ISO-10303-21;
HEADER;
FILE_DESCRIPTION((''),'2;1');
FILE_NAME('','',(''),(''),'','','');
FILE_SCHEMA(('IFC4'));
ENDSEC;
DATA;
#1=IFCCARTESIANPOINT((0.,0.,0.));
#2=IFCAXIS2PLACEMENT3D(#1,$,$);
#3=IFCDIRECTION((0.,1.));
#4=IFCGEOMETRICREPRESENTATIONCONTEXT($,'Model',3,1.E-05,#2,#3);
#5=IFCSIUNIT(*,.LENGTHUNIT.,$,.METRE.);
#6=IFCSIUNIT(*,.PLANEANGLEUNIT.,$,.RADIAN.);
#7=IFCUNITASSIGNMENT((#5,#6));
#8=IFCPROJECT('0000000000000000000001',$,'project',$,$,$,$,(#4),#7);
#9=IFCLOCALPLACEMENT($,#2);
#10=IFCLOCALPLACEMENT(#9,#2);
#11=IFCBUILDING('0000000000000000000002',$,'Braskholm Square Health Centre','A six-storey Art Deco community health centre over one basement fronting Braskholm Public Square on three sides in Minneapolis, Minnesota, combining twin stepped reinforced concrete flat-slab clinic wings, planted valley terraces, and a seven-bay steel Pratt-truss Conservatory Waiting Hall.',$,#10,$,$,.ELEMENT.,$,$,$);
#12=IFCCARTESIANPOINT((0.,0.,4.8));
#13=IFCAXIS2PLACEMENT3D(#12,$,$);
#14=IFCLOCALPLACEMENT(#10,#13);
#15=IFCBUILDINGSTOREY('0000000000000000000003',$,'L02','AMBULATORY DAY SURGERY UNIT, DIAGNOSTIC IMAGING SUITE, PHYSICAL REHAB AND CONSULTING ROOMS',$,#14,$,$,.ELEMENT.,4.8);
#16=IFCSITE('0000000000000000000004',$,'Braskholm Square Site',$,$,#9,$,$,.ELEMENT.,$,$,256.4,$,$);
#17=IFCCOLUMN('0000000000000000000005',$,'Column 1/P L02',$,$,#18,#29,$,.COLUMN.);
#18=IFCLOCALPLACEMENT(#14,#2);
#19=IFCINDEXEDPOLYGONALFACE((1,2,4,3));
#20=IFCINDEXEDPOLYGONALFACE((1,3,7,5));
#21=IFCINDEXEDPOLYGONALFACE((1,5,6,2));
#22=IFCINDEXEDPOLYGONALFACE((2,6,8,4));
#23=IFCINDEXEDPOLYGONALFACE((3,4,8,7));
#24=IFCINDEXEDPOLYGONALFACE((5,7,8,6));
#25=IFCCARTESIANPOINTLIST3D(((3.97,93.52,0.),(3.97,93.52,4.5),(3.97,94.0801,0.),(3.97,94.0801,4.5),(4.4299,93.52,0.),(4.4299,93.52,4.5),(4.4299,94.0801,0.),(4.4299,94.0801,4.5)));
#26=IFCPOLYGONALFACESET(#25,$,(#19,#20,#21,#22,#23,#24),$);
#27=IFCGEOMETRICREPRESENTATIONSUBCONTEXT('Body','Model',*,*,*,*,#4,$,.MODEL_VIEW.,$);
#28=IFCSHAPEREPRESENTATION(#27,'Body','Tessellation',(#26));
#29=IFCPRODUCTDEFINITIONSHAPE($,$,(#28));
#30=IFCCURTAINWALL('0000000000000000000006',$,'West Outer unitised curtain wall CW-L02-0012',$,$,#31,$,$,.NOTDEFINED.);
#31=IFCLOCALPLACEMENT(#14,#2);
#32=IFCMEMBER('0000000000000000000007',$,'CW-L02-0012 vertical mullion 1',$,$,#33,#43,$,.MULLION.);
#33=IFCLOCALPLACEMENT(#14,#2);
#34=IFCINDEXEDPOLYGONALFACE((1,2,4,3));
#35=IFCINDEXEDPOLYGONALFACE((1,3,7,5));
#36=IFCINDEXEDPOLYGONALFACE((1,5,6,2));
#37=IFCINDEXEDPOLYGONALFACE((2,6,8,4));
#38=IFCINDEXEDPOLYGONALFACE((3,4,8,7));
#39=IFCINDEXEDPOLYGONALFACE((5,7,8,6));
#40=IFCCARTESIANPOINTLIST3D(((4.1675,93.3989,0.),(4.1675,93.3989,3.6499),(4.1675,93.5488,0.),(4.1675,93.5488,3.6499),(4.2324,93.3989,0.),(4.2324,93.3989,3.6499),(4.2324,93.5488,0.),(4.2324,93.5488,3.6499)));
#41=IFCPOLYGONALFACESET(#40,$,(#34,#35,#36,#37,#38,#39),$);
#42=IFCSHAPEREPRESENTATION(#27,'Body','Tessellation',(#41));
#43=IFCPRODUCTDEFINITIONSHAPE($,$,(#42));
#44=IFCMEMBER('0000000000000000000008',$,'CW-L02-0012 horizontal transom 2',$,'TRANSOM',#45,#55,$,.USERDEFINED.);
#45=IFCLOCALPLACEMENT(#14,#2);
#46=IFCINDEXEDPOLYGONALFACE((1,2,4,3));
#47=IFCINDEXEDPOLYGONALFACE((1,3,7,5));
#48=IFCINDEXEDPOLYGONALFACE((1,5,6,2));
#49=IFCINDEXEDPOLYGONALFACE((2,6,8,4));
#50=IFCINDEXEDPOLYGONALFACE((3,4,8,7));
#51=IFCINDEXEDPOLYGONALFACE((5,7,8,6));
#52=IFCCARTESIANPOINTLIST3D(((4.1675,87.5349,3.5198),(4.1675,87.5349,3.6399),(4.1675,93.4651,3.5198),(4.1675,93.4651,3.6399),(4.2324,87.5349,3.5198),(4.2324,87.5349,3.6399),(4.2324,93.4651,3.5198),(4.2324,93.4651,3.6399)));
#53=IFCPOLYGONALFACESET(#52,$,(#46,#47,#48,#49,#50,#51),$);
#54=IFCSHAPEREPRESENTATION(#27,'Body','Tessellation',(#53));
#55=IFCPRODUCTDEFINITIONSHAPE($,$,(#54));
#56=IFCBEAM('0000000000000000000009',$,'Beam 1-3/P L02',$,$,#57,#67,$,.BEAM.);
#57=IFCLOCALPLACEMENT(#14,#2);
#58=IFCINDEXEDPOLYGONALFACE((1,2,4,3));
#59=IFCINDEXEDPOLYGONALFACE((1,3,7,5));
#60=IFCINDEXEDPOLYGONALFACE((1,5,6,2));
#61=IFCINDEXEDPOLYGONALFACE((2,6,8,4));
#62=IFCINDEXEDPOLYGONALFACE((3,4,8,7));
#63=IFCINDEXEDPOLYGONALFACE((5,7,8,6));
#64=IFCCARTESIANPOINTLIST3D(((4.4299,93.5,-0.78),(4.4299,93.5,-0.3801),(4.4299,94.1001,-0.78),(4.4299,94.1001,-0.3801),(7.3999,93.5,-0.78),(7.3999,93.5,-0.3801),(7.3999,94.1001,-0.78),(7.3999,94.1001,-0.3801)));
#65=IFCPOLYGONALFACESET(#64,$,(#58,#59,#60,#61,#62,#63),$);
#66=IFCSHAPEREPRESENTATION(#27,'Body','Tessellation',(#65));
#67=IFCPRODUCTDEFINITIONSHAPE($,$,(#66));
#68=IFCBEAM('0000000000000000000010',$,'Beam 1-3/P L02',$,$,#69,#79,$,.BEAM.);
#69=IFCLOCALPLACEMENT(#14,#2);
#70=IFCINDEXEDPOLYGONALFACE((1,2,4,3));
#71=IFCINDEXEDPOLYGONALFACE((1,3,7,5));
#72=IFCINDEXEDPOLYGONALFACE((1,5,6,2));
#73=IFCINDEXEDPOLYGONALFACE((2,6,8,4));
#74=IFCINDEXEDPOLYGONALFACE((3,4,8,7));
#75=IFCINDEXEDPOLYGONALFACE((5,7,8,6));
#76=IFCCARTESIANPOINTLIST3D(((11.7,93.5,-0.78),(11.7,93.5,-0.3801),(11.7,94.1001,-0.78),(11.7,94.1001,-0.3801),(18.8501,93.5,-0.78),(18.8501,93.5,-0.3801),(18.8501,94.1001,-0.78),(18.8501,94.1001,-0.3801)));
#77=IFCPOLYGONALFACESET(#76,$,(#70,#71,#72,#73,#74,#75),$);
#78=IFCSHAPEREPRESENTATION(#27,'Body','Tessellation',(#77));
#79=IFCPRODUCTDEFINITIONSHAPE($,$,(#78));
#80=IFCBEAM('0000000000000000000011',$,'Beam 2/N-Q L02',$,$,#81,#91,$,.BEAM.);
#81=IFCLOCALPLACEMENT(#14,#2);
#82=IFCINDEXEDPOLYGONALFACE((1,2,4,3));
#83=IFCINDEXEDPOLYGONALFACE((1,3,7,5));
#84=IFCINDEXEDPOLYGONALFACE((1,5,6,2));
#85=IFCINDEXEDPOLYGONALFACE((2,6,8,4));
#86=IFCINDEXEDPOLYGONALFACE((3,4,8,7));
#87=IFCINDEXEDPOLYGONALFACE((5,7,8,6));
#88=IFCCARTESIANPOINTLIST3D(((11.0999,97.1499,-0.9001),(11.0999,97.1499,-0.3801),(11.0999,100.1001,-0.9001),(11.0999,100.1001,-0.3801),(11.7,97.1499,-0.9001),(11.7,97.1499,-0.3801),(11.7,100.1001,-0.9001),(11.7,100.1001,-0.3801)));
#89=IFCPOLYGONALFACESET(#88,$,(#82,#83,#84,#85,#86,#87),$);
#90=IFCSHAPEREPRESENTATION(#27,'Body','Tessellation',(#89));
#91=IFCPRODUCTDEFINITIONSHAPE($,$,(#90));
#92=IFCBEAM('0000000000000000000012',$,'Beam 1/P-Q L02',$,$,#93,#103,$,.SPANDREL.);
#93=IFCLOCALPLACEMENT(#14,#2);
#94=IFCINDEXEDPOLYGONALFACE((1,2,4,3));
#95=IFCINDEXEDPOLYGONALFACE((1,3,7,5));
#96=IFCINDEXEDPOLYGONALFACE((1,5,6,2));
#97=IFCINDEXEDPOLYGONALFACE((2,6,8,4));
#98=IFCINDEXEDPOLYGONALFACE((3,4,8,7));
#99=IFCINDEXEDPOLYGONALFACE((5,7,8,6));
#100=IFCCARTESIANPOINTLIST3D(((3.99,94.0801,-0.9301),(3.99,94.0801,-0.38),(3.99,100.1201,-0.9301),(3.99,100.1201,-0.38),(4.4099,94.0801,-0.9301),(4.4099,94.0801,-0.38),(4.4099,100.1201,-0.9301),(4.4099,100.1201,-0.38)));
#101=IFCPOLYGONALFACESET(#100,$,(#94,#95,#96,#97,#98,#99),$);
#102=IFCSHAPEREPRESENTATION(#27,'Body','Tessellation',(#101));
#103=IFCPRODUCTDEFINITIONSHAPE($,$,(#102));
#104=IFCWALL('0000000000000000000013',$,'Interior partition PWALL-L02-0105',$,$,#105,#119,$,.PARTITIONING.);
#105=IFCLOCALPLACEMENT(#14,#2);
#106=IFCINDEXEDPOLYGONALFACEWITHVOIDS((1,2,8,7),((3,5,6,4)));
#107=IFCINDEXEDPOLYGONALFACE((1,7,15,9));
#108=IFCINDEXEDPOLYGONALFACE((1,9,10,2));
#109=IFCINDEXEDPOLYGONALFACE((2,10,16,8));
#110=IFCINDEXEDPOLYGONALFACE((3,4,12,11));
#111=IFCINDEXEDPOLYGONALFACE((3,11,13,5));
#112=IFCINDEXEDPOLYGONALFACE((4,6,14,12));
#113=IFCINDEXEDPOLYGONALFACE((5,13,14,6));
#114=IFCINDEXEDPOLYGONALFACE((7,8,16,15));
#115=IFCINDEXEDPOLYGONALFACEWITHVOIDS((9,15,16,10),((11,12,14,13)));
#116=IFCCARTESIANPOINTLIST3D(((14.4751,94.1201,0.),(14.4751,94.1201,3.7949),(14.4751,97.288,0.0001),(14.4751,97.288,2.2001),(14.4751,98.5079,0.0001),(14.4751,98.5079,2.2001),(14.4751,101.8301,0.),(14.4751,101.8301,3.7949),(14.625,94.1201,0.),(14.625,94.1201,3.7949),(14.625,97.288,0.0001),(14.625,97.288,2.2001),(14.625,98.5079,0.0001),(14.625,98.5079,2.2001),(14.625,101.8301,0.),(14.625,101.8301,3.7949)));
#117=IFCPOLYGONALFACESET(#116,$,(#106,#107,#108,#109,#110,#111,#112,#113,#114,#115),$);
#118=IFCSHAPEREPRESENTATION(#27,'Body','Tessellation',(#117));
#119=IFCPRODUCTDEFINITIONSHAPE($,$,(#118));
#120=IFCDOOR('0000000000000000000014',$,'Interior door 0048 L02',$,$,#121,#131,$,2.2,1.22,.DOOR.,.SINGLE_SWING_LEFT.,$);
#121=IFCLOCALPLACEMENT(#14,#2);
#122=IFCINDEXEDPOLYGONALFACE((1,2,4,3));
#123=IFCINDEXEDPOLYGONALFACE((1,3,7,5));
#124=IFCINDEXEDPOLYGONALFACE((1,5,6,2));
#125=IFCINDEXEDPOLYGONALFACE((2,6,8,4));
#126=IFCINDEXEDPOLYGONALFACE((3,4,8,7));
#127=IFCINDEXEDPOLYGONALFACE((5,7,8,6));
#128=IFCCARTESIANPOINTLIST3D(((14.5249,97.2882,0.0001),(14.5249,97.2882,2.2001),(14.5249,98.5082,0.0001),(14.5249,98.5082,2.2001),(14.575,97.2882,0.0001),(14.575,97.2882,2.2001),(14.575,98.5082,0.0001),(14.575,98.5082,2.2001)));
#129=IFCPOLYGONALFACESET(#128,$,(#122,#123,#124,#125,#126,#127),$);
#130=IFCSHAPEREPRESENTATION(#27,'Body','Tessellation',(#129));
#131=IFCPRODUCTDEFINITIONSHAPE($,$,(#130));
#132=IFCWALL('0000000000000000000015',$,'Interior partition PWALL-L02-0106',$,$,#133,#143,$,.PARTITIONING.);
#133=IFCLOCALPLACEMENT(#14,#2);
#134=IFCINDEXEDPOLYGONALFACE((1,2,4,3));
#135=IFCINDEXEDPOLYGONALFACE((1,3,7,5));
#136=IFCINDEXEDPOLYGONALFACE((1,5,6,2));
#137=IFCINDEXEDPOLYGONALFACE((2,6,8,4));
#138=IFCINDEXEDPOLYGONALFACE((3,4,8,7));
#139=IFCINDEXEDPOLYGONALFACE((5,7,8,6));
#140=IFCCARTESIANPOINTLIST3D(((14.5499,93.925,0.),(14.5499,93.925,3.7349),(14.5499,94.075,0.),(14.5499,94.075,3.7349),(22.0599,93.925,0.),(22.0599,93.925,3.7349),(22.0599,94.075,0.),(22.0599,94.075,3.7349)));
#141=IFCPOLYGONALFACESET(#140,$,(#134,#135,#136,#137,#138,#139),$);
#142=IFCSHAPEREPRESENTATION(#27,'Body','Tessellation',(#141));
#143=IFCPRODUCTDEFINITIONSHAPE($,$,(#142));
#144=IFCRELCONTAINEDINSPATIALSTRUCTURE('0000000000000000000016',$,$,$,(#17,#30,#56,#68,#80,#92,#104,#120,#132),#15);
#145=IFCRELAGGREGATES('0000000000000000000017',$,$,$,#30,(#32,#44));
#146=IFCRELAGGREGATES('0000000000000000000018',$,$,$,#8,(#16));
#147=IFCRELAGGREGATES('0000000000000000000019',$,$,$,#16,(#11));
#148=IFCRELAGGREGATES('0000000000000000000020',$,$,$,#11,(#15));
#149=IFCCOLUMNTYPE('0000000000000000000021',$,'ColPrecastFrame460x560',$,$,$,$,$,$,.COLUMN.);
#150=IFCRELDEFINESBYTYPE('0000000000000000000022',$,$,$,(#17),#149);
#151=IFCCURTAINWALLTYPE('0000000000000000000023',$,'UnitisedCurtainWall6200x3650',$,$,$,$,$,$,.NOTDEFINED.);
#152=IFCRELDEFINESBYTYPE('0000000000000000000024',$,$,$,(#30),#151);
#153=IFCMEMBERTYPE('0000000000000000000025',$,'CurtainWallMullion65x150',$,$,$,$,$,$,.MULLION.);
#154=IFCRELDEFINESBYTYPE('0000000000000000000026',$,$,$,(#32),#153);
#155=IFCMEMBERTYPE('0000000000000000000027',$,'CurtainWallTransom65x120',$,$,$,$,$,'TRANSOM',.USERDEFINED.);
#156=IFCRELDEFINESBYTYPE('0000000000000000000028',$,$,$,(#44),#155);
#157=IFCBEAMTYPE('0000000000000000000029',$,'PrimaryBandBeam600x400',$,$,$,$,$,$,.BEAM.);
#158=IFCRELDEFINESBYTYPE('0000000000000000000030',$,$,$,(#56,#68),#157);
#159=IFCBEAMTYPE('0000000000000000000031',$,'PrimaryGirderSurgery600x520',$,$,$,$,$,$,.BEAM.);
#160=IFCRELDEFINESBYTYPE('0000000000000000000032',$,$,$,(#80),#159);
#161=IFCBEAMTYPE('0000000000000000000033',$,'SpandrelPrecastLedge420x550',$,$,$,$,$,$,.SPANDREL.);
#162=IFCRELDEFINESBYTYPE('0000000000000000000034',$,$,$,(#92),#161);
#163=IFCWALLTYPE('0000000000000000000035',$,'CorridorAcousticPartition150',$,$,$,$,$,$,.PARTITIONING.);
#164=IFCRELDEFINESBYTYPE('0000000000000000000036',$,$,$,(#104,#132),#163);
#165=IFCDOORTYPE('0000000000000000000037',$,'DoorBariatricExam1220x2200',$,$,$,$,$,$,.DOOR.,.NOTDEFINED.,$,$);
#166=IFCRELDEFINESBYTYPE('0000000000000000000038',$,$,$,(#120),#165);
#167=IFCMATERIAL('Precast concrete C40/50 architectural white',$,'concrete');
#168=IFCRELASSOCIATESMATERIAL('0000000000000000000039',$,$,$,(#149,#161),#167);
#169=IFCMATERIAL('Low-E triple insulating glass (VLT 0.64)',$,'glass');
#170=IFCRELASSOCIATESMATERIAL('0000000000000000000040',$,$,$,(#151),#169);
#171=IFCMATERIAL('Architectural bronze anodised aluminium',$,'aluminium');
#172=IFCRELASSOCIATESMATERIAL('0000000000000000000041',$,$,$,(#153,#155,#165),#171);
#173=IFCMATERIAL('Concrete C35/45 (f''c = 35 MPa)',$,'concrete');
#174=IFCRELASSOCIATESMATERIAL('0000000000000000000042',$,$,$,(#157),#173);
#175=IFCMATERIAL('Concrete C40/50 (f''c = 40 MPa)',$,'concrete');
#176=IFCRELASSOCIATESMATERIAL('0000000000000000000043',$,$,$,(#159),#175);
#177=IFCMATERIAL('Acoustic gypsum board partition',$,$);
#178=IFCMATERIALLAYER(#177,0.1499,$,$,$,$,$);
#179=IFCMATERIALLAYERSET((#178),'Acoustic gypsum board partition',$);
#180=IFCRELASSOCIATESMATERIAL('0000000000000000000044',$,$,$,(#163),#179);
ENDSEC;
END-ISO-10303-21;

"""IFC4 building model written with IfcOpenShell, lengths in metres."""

from ifc_helpers import new_model, si_unit, direction, frame, frame_2d, origin, origin_2d, place, context, subcontext, project, spatial, rectangle, extrude, material, layer, layer_set, material_profile, profile_set, type_object, element, fill, aggregate, save


model = new_model("IFC4")

# Units and contexts
model_context = context("Model", 3, precision=1e-05, world=origin(), true_north=direction((0.0, 1.0)))
body_context = subcontext(model_context, "Body", "Model", "MODEL_VIEW")
ifc_project = project(units=[si_unit("LENGTHUNIT", "METRE"), si_unit("PLANEANGLEUNIT", "RADIAN")], contexts=[model_context])

# Site, building, storey
site_placement = place(None, origin())
site = spatial("IfcSite", under=ifc_project, at=site_placement, Name="Braskholm Square Site", CompositionType="ELEMENT", RefElevation=256.4)
building_placement = place(site_placement, origin())
building = spatial("IfcBuilding", under=site, at=building_placement, Name="Braskholm Square Health Centre", Description="A six-storey Art Deco community health centre over one basement fronting Braskholm Public Square on three sides in Minneapolis, Minnesota, combining twin stepped reinforced concrete flat-slab clinic wings, planted valley terraces, and a seven-bay steel Pratt-truss Conservatory Waiting Hall.", CompositionType="ELEMENT")
storey_placement = place(building_placement, frame((0.0, 0.0, 4.8)))
storey = spatial("IfcBuildingStorey", under=building, at=storey_placement, Name="L02", Description="AMBULATORY DAY SURGERY UNIT, DIAGNOSTIC IMAGING SUITE, PHYSICAL REHAB AND CONSULTING ROOMS", CompositionType="ELEMENT", Elevation=4.8)

# Column
ifc_material_1 = material(Name="Precast concrete C40/50 architectural white", Category="concrete")
ifc_material_profile_1 = material_profile(ifc_material_1, rectangle(XDim=0.46, YDim=0.5601, at=origin_2d()), Name="RC-460X560")
ifc_profile_set_1 = profile_set([ifc_material_profile_1], Name="Precast concrete C40/50 architectural white")
column_type = type_object("IfcColumnType", Name="ColPrecastFrame460x560", PredefinedType="COLUMN", material=ifc_profile_set_1)
column_placement = place(storey_placement, frame((4.2, 93.8, 0.0), z_axis=(0.0, 0.0, 1.0), x_axis=(1.0, 0.0, 0.0)))
element("IfcColumn", 1, at=column_placement, inside=storey, type_object=column_type, Name="Column 1/P L02", PredefinedType="COLUMN", context=body_context, shape_type="SweptSolid", body=[
    extrude(rectangle(XDim=0.46, YDim=0.5601, at=origin_2d()), origin(), (0.0, 0.0, 1.0), 4.5),
])

# Curtain wall, members
ifc_material_2 = material(Name="Low-E triple insulating glass (VLT 0.64)", Category="glass")
curtain_wall_type = type_object("IfcCurtainWallType", Name="UnitisedCurtainWall6200x3650", PredefinedType="NOTDEFINED", material=ifc_material_2)
curtain_wall_placement = place(storey_placement, origin())
curtain_wall = element("IfcCurtainWall", 2, at=curtain_wall_placement, inside=storey, type_object=curtain_wall_type, Name="West Outer unitised curtain wall CW-L02-0012", PredefinedType="NOTDEFINED")
ifc_material_3 = material(Name="Architectural bronze anodised aluminium", Category="aluminium")
ifc_material_profile_2 = material_profile(ifc_material_3, rectangle(XDim=0.0649, YDim=0.1499, at=origin_2d()), Name="ALU-65X150")
ifc_profile_set_2 = profile_set([ifc_material_profile_2], Name="Architectural bronze anodised aluminium")
member_type_1 = type_object("IfcMemberType", Name="CurtainWallMullion65x150", PredefinedType="MULLION", material=ifc_profile_set_2)
member_1_placement = place(storey_placement, frame((4.2, 93.4739, 0.0), z_axis=(0.0, 0.0, 1.0), x_axis=(1.0, 0.0, 0.0)))
member_1 = element("IfcMember", 3, at=member_1_placement, type_object=member_type_1, Name="CW-L02-0012 vertical mullion 1", PredefinedType="MULLION", context=body_context, shape_type="SweptSolid", body=[
    extrude(rectangle(XDim=0.0649, YDim=0.1499, at=origin_2d()), origin(), (0.0, 0.0, 1.0), 3.6499),
])
ifc_material_profile_3 = material_profile(ifc_material_3, rectangle(XDim=0.0649, YDim=0.1201, at=origin_2d()), Name="ALU-65X120")
ifc_profile_set_3 = profile_set([ifc_material_profile_3], Name="Architectural bronze anodised aluminium")
member_type_2 = type_object("IfcMemberType", Name="CurtainWallTransom65x120", ElementType="TRANSOM", PredefinedType="USERDEFINED", material=ifc_profile_set_3)
member_2_placement = place(storey_placement, frame((4.2, 93.4651, 3.5798), z_axis=(0.0, -1.0, 0.0), x_axis=(1.0, 0.0, 0.0)))
member_2 = element("IfcMember", 4, at=member_2_placement, type_object=member_type_2, Name="CW-L02-0012 horizontal transom 2", ObjectType="TRANSOM", PredefinedType="USERDEFINED", context=body_context, shape_type="SweptSolid", body=[
    extrude(rectangle(XDim=0.0649, YDim=0.1201, at=origin_2d()), origin(), (0.0, 0.0, 1.0), 5.9302),
])
aggregate(curtain_wall, [member_1, member_2])

# Beams
ifc_material_4 = material(Name="Concrete C35/45 (f'c = 35 MPa)", Category="concrete")
ifc_material_profile_4 = material_profile(ifc_material_4, rectangle(XDim=0.6001, YDim=0.3999, at=origin_2d()), Name="RCB-600X400")
ifc_profile_set_4 = profile_set([ifc_material_profile_4], Name="Concrete C35/45 (f'c = 35 MPa)")
beam_type_1 = type_object("IfcBeamType", Name="PrimaryBandBeam600x400", PredefinedType="BEAM", material=ifc_profile_set_4)
beam_1_placement = place(storey_placement, frame((4.4299, 93.8, -0.5801), z_axis=(1.0, 0.0, 0.0), x_axis=(0.0, 1.0, 0.0)))
element("IfcBeam", 5, at=beam_1_placement, inside=storey, type_object=beam_type_1, Name="Beam 1-3/P L02", PredefinedType="BEAM", context=body_context, shape_type="SweptSolid", body=[
    extrude(rectangle(XDim=0.6001, YDim=0.3999, at=origin_2d()), origin(), (0.0, 0.0, 1.0), 2.97),
])
beam_2_placement = place(storey_placement, frame((11.7, 93.8, -0.5801), z_axis=(1.0, 0.0, 0.0), x_axis=(0.0, 1.0, 0.0)))
element("IfcBeam", 6, at=beam_2_placement, inside=storey, type_object=beam_type_1, Name="Beam 1-3/P L02", PredefinedType="BEAM", context=body_context, shape_type="SweptSolid", body=[
    extrude(rectangle(XDim=0.6001, YDim=0.3999, at=origin_2d()), origin(), (0.0, 0.0, 1.0), 7.1501),
])
ifc_material_5 = material(Name="Concrete C40/50 (f'c = 40 MPa)", Category="concrete")
ifc_material_profile_5 = material_profile(ifc_material_5, rectangle(XDim=0.6001, YDim=0.52, at=origin_2d()), Name="RCB-600X520")
ifc_profile_set_5 = profile_set([ifc_material_profile_5], Name="Concrete C40/50 (f'c = 40 MPa)")
beam_type_2 = type_object("IfcBeamType", Name="PrimaryGirderSurgery600x520", PredefinedType="BEAM", material=ifc_profile_set_5)
beam_3_placement = place(storey_placement, frame((11.3999, 97.1499, -0.6401), z_axis=(0.0, 1.0, 0.0), x_axis=(-1.0, 0.0, 0.0)))
element("IfcBeam", 7, at=beam_3_placement, inside=storey, type_object=beam_type_2, Name="Beam 2/N-Q L02", PredefinedType="BEAM", context=body_context, shape_type="SweptSolid", body=[
    extrude(rectangle(XDim=0.6001, YDim=0.52, at=origin_2d()), origin(), (0.0, 0.0, 1.0), 2.9502),
])
ifc_material_profile_6 = material_profile(ifc_material_1, rectangle(XDim=0.4199, YDim=0.55, at=origin_2d()), Name="RCB-420X550")
ifc_profile_set_6 = profile_set([ifc_material_profile_6], Name="Precast concrete C40/50 architectural white")
beam_type_3 = type_object("IfcBeamType", Name="SpandrelPrecastLedge420x550", PredefinedType="SPANDREL", material=ifc_profile_set_6)
beam_4_placement = place(storey_placement, frame((4.2, 94.0801, -0.655), z_axis=(0.0, 1.0, 0.0), x_axis=(-1.0, 0.0, 0.0)))
element("IfcBeam", 8, at=beam_4_placement, inside=storey, type_object=beam_type_3, Name="Beam 1/P-Q L02", PredefinedType="SPANDREL", context=body_context, shape_type="SweptSolid", body=[
    extrude(rectangle(XDim=0.4199, YDim=0.55, at=origin_2d()), origin(), (0.0, 0.0, 1.0), 6.04),
])

# Wall, opening, door
ifc_material_6 = material(Name="Acoustic gypsum board partition")
ifc_layer_1 = layer(ifc_material_6, 0.1499)
ifc_layer_set_1 = layer_set([ifc_layer_1], Name="Acoustic gypsum board partition")
wall_type_1 = type_object("IfcWallType", Name="CorridorAcousticPartition150", PredefinedType="PARTITIONING", material=ifc_layer_set_1)
wall_1_placement = place(storey_placement, frame((14.55, 94.1201, 0.0), z_axis=(0.0, 0.0, 1.0), x_axis=(0.0, 1.0, 0.0)))
wall_1 = element("IfcWall", 9, at=wall_1_placement, inside=storey, type_object=wall_type_1, Name="Interior partition PWALL-L02-0105", PredefinedType="PARTITIONING", context=body_context, shape_type="SweptSolid", body=[
    extrude(rectangle(XDim=7.71, YDim=0.1499, at=frame_2d((3.855, 0.0))), origin(), (0.0, 0.0, 1.0), 3.7949),
])
opening_1_placement = place(wall_1_placement, frame((3.168, 0.0, 0.0)))
opening_1 = element("IfcOpeningElement", 10, at=opening_1_placement, cuts=wall_1, PredefinedType="OPENING", context=body_context, shape_type="SweptSolid", body=[
    extrude(rectangle(XDim=1.22, YDim=2.2, at=frame_2d((0.6099, 1.1001))), frame((0.0, 0.085, 0.0), z_axis=(0.0, -1.0, 0.0), x_axis=(1.0, 0.0, 0.0)), (0.0, 0.0, 1.0), 0.1699),
])
door_type_1 = type_object("IfcDoorType", Name="DoorBariatricExam1220x2200", OperationType="NOTDEFINED", PredefinedType="DOOR", material=ifc_material_3)
door_1_placement = place(opening_1_placement, frame((1.22, 0.0, 0.0), z_axis=(0.0, 0.0, 1.0), x_axis=(-1.0, 0.0, 0.0)))
door_1 = element("IfcDoor", 11, at=door_1_placement, inside=storey, type_object=door_type_1, Name="Interior door 0048 L02", OperationType="SINGLE_SWING_LEFT", OverallHeight=2.2, OverallWidth=1.22, PredefinedType="DOOR", context=body_context, shape_type="SweptSolid", body=[
    extrude(rectangle(XDim=1.22, YDim=2.2, at=frame_2d((0.6099, 1.1001))), frame((0.0, 0.0249, 0.0), z_axis=(0.0, -1.0, 0.0), x_axis=(1.0, 0.0, 0.0)), (0.0, 0.0, 1.0), 0.05),
])
fill(opening_1, door_1)

# Wall
wall_2_placement = place(storey_placement, frame((14.55, 94.0, 0.0), z_axis=(0.0, 0.0, 1.0), x_axis=(1.0, 0.0, 0.0)))
element("IfcWall", 12, at=wall_2_placement, inside=storey, type_object=wall_type_1, Name="Interior partition PWALL-L02-0106", PredefinedType="PARTITIONING", context=body_context, shape_type="SweptSolid", body=[
    extrude(rectangle(XDim=7.51, YDim=0.1499, at=frame_2d((3.7549, 0.0))), origin(), (0.0, 0.0, 1.0), 3.7349),
])

save(model, "model.ifc")
